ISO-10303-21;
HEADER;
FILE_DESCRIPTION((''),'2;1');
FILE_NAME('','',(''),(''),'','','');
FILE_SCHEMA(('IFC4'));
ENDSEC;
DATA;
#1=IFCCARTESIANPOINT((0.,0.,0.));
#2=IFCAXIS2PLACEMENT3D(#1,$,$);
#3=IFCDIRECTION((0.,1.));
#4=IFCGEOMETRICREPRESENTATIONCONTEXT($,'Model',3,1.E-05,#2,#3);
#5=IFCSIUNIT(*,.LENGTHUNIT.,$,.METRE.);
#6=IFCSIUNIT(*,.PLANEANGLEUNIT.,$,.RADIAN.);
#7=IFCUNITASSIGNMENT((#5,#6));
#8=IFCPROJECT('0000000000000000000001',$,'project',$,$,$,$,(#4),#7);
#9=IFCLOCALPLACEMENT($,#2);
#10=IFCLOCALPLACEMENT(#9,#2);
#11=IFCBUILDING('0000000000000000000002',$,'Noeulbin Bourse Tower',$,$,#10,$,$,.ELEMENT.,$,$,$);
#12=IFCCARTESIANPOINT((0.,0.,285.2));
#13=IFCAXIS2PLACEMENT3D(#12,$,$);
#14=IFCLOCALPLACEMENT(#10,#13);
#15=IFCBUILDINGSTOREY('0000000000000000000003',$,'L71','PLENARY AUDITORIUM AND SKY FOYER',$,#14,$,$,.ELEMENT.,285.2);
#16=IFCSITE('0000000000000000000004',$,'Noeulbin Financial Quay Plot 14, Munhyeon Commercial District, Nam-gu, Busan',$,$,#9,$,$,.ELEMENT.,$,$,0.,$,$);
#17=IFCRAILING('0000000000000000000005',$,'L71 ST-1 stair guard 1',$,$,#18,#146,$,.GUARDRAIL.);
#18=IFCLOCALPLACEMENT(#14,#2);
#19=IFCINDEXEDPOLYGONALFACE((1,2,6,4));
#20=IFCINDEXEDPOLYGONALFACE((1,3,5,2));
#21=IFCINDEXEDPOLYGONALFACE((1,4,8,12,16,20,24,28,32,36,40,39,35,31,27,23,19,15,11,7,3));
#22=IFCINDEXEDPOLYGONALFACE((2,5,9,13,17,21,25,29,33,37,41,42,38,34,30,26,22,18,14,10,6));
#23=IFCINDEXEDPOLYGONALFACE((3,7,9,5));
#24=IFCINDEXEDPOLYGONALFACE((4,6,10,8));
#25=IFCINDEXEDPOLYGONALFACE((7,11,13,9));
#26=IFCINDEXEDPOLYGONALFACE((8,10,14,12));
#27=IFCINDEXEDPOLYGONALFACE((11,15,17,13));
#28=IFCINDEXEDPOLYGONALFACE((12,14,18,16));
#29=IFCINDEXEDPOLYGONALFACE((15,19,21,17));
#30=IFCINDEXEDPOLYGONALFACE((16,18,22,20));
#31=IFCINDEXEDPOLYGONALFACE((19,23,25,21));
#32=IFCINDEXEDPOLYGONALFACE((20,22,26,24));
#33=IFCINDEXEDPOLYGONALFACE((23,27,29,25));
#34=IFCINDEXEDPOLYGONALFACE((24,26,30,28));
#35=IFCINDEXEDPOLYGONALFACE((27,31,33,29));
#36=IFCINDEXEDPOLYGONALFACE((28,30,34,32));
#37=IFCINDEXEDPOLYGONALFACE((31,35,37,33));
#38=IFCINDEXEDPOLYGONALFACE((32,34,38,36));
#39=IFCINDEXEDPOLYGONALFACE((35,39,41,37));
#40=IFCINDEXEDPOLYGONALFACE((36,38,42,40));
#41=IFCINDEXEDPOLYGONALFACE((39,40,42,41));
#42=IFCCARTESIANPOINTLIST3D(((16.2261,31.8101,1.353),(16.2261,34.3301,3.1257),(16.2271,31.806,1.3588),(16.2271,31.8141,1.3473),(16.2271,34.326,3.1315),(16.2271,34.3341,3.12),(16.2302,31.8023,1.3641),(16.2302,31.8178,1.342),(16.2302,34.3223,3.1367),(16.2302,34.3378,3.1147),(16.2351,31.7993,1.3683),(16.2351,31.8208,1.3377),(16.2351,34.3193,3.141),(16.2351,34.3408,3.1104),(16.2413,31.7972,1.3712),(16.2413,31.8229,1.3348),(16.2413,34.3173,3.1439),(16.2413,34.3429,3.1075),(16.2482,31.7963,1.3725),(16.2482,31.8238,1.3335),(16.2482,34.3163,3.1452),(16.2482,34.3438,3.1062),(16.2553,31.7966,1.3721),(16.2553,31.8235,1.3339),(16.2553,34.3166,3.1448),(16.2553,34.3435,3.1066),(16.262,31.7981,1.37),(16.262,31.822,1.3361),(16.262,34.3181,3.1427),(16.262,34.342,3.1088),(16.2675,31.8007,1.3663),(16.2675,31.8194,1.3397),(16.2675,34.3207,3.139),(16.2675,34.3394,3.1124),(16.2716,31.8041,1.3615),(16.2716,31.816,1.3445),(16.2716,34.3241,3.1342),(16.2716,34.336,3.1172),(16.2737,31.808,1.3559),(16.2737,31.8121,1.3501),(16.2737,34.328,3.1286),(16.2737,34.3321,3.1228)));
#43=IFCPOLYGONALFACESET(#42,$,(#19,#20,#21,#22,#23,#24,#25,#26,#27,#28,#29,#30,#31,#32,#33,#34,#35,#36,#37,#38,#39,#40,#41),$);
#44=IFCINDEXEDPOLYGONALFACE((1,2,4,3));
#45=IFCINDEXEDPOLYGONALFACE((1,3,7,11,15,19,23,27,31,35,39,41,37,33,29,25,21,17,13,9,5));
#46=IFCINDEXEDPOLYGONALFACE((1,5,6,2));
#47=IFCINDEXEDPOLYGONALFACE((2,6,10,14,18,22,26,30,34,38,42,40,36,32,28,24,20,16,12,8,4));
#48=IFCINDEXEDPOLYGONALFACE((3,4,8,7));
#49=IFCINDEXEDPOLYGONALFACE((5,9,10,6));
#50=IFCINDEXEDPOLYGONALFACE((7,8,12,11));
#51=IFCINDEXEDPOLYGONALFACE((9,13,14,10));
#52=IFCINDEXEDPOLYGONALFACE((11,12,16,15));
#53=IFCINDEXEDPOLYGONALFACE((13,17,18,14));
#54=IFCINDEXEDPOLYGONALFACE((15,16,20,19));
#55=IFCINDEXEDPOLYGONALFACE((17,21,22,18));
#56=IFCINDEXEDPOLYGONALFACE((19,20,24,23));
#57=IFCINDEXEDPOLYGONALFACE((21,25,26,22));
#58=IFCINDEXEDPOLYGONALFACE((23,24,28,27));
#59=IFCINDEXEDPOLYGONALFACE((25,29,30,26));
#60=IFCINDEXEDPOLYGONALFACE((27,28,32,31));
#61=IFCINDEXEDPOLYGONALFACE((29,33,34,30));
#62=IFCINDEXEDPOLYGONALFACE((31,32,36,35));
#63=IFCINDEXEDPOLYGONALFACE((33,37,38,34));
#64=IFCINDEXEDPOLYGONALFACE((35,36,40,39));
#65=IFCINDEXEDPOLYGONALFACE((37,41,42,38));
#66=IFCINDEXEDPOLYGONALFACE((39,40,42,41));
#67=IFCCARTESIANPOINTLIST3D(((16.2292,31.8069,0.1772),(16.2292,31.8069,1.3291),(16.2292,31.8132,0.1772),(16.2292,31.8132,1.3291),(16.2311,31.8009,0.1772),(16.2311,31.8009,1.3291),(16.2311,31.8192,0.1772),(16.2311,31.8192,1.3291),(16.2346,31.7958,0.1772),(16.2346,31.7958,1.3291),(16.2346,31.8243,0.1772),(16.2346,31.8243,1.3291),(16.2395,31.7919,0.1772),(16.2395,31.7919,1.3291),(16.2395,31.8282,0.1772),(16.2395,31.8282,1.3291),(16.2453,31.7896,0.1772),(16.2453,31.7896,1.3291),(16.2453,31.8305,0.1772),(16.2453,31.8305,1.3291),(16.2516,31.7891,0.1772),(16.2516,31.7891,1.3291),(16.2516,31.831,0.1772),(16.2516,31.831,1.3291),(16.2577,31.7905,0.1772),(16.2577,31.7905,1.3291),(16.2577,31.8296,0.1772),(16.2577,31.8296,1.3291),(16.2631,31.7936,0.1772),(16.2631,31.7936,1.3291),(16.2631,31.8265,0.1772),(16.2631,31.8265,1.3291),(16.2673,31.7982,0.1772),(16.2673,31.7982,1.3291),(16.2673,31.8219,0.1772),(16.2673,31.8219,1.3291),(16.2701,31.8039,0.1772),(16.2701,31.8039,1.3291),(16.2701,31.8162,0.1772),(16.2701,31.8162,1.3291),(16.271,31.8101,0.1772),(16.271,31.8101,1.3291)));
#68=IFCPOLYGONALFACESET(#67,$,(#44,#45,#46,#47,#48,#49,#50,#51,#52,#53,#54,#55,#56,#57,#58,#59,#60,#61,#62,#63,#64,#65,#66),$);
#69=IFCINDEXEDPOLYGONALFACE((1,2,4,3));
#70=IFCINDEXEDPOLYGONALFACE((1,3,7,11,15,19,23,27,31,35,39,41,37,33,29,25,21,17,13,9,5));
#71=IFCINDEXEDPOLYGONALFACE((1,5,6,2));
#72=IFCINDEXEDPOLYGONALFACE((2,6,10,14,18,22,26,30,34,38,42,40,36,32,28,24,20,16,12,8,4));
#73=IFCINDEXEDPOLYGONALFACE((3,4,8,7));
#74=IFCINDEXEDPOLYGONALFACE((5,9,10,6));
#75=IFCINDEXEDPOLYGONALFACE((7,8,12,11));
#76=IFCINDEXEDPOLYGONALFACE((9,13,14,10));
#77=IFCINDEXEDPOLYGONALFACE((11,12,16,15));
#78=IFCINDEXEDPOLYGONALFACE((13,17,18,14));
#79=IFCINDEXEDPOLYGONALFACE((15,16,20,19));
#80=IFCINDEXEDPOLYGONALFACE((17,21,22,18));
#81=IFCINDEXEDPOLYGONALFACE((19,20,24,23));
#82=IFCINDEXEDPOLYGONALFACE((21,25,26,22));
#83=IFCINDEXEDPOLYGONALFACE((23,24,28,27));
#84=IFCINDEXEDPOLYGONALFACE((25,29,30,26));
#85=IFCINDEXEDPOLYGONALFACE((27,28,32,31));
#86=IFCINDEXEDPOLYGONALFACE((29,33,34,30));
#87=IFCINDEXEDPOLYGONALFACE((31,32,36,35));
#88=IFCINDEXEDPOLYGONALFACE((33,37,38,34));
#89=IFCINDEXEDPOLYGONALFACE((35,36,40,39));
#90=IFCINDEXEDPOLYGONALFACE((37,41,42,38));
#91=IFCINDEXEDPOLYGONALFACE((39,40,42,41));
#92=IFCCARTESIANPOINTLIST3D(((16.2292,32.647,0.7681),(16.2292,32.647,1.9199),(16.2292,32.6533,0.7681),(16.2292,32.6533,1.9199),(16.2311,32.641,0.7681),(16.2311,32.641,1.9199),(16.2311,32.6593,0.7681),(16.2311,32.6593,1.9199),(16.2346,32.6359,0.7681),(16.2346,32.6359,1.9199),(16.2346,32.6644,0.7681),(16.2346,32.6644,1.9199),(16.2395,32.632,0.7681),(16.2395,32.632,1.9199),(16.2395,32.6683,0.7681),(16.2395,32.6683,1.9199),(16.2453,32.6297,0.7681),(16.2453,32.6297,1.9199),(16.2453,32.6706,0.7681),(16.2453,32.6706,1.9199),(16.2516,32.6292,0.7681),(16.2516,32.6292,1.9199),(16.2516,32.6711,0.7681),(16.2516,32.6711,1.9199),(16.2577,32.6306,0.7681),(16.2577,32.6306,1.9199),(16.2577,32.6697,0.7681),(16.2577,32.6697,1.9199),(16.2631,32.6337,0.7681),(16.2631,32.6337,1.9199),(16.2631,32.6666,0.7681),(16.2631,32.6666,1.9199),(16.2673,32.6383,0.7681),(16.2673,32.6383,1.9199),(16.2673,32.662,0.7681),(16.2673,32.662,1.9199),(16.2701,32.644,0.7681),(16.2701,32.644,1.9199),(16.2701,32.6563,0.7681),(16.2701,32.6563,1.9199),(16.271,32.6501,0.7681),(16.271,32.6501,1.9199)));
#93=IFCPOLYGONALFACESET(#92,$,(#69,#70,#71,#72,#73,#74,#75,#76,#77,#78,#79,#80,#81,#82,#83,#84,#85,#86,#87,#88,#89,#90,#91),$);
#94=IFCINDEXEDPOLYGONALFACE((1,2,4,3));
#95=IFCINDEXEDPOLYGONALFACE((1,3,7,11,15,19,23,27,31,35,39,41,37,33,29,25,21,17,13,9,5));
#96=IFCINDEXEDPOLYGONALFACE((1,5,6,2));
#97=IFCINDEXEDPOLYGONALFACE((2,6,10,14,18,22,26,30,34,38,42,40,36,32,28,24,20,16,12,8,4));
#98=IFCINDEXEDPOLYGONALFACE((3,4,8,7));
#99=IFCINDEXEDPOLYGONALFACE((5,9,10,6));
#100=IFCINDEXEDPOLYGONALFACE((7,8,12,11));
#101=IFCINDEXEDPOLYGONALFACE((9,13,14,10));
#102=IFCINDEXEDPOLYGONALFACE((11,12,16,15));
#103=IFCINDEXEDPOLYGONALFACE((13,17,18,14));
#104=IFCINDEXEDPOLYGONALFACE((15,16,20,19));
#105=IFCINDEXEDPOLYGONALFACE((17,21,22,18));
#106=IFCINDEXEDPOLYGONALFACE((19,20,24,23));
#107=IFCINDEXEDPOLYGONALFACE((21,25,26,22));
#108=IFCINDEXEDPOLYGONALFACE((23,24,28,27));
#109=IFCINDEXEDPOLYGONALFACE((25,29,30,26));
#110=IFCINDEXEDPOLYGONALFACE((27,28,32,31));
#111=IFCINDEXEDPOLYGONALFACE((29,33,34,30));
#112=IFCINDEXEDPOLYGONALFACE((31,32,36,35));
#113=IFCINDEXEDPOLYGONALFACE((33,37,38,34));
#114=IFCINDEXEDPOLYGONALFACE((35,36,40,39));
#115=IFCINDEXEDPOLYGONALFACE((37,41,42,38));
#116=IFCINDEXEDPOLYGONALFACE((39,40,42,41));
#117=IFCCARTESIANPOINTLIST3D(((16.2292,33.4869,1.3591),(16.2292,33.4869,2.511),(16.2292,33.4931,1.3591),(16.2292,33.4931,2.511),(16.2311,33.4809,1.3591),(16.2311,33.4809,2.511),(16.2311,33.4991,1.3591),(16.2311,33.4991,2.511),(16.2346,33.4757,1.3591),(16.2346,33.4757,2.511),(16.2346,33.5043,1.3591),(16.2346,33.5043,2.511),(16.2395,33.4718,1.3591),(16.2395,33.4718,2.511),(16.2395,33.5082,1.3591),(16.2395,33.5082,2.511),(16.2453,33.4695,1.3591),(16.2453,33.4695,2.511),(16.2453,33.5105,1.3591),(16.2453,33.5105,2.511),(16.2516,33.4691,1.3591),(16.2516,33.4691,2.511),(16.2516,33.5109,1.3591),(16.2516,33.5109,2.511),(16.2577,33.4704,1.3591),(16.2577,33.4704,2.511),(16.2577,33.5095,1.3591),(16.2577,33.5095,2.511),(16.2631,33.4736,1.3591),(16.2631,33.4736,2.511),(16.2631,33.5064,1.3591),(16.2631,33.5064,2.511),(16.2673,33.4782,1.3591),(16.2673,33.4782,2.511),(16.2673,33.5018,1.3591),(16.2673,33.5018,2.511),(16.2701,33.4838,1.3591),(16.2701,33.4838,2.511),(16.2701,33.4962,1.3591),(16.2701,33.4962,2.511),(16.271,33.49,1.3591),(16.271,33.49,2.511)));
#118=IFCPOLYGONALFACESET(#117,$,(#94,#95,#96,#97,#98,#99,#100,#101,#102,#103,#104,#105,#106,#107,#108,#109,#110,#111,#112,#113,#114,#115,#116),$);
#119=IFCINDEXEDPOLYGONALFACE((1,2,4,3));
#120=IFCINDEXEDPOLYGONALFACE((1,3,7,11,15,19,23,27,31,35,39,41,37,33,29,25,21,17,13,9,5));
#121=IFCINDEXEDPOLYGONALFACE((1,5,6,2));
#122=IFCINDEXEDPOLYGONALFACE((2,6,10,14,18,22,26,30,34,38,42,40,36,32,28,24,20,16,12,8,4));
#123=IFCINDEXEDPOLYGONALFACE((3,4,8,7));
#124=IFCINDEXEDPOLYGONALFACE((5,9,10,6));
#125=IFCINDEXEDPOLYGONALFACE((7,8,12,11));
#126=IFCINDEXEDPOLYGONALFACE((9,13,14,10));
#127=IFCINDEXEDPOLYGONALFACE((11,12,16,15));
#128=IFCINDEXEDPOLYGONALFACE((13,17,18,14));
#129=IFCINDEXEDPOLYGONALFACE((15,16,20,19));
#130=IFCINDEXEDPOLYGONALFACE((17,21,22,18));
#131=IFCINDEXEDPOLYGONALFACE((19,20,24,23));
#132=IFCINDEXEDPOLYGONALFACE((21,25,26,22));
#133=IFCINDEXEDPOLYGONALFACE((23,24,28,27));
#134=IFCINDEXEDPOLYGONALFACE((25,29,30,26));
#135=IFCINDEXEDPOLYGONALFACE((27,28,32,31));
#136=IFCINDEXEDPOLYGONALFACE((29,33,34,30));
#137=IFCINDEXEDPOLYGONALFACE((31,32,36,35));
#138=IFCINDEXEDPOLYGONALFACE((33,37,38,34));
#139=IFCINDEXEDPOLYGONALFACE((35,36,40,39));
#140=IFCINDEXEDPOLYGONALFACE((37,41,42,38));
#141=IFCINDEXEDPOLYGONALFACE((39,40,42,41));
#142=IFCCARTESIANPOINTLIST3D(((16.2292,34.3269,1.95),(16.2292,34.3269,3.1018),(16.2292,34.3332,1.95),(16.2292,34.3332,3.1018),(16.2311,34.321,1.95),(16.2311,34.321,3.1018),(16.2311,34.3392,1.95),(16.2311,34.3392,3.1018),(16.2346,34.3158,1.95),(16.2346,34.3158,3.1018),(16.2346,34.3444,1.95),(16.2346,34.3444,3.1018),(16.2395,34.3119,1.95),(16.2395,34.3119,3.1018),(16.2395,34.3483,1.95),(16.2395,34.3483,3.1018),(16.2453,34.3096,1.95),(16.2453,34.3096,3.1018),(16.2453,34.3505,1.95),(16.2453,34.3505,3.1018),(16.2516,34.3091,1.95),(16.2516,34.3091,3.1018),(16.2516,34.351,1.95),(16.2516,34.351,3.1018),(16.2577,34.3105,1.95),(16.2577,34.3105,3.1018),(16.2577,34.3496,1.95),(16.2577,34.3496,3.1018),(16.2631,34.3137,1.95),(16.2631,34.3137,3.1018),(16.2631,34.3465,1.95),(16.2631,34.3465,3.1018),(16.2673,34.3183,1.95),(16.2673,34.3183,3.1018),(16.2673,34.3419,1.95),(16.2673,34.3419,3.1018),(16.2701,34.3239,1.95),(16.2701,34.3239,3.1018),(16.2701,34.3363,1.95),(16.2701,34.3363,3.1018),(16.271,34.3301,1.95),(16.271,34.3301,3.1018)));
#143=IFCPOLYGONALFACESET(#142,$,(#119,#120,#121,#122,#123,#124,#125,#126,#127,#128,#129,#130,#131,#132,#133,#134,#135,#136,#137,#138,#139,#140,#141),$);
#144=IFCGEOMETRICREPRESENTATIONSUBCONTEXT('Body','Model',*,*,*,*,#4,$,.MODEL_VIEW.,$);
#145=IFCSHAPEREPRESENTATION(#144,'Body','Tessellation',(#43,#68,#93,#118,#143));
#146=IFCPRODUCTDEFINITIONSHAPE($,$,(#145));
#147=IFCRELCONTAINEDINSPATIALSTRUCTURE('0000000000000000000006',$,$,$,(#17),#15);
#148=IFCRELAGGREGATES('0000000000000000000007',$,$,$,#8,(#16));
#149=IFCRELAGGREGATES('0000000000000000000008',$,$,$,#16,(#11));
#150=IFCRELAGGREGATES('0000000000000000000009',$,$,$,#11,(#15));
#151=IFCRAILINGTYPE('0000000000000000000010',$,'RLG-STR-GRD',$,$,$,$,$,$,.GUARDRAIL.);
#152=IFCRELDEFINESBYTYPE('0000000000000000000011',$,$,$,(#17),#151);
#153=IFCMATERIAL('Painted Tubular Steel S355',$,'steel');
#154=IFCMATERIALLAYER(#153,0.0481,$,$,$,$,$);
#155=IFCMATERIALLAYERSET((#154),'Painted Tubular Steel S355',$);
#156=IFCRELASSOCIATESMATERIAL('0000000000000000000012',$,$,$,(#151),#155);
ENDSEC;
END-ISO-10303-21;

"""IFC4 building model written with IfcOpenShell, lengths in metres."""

from ifc_helpers import new_model, si_unit, direction, frame, origin, origin_2d, place, context, subcontext, project, spatial, circle, extrude, material, layer, layer_set, type_object, element, save


model = new_model("IFC4")

# Units and contexts
model_context = context("Model", 3, precision=1e-05, world=origin(), true_north=direction((0.0, 1.0)))
body_context = subcontext(model_context, "Body", "Model", "MODEL_VIEW")
ifc_project = project(units=[si_unit("LENGTHUNIT", "METRE"), si_unit("PLANEANGLEUNIT", "RADIAN")], contexts=[model_context])

# Site, building, storey
site_placement = place(None, origin())
site = spatial("IfcSite", under=ifc_project, at=site_placement, Name="Noeulbin Financial Quay Plot 14, Munhyeon Commercial District, Nam-gu, Busan", CompositionType="ELEMENT", RefElevation=0.0)
building_placement = place(site_placement, origin())
building = spatial("IfcBuilding", under=site, at=building_placement, Name="Noeulbin Bourse Tower", CompositionType="ELEMENT")
storey_placement = place(building_placement, frame((0.0, 0.0, 285.2)))
storey = spatial("IfcBuildingStorey", under=building, at=storey_placement, Name="L71", Description="PLENARY AUDITORIUM AND SKY FOYER", CompositionType="ELEMENT", Elevation=285.2)

# Railing
ifc_material_1 = material(Name="Painted Tubular Steel S355", Category="steel")
ifc_layer_1 = layer(ifc_material_1, 0.0481)
ifc_layer_set_1 = layer_set([ifc_layer_1], Name="Painted Tubular Steel S355")
railing_type_1 = type_object("IfcRailingType", Name="RLG-STR-GRD", PredefinedType="GUARDRAIL", material=ifc_layer_set_1)
railing_1_placement = place(storey_placement, frame((16.25, 31.8101, 0.1772)))
element("IfcRailing", 1, at=railing_1_placement, inside=storey, type_object=railing_type_1, Name="L71 ST-1 stair guard 1", PredefinedType="GUARDRAIL", context=body_context, shape_type="SweptSolid", body=[
    extrude(circle(Radius=0.0239, at=origin_2d()), frame((0.0, 0.0, 1.1758), z_axis=(0.0, 0.817904, 0.575354), x_axis=(-1.0, 0.0, 0.0)), (0.0, 0.0, 1.0), 3.0811),
    extrude(circle(Radius=0.021, at=origin_2d()), origin(), (0.0, 0.0, 1.0), 1.1519),
    extrude(circle(Radius=0.021, at=origin_2d()), frame((0.0, 0.8401, 0.5908)), (0.0, 0.0, 1.0), 1.1519),
    extrude(circle(Radius=0.021, at=origin_2d()), frame((0.0, 1.6799, 1.1819)), (0.0, 0.0, 1.0), 1.1519),
    extrude(circle(Radius=0.021, at=origin_2d()), frame((0.0, 2.52, 1.7727)), (0.0, 0.0, 1.0), 1.1519),
])

save(model, "model.ifc")
